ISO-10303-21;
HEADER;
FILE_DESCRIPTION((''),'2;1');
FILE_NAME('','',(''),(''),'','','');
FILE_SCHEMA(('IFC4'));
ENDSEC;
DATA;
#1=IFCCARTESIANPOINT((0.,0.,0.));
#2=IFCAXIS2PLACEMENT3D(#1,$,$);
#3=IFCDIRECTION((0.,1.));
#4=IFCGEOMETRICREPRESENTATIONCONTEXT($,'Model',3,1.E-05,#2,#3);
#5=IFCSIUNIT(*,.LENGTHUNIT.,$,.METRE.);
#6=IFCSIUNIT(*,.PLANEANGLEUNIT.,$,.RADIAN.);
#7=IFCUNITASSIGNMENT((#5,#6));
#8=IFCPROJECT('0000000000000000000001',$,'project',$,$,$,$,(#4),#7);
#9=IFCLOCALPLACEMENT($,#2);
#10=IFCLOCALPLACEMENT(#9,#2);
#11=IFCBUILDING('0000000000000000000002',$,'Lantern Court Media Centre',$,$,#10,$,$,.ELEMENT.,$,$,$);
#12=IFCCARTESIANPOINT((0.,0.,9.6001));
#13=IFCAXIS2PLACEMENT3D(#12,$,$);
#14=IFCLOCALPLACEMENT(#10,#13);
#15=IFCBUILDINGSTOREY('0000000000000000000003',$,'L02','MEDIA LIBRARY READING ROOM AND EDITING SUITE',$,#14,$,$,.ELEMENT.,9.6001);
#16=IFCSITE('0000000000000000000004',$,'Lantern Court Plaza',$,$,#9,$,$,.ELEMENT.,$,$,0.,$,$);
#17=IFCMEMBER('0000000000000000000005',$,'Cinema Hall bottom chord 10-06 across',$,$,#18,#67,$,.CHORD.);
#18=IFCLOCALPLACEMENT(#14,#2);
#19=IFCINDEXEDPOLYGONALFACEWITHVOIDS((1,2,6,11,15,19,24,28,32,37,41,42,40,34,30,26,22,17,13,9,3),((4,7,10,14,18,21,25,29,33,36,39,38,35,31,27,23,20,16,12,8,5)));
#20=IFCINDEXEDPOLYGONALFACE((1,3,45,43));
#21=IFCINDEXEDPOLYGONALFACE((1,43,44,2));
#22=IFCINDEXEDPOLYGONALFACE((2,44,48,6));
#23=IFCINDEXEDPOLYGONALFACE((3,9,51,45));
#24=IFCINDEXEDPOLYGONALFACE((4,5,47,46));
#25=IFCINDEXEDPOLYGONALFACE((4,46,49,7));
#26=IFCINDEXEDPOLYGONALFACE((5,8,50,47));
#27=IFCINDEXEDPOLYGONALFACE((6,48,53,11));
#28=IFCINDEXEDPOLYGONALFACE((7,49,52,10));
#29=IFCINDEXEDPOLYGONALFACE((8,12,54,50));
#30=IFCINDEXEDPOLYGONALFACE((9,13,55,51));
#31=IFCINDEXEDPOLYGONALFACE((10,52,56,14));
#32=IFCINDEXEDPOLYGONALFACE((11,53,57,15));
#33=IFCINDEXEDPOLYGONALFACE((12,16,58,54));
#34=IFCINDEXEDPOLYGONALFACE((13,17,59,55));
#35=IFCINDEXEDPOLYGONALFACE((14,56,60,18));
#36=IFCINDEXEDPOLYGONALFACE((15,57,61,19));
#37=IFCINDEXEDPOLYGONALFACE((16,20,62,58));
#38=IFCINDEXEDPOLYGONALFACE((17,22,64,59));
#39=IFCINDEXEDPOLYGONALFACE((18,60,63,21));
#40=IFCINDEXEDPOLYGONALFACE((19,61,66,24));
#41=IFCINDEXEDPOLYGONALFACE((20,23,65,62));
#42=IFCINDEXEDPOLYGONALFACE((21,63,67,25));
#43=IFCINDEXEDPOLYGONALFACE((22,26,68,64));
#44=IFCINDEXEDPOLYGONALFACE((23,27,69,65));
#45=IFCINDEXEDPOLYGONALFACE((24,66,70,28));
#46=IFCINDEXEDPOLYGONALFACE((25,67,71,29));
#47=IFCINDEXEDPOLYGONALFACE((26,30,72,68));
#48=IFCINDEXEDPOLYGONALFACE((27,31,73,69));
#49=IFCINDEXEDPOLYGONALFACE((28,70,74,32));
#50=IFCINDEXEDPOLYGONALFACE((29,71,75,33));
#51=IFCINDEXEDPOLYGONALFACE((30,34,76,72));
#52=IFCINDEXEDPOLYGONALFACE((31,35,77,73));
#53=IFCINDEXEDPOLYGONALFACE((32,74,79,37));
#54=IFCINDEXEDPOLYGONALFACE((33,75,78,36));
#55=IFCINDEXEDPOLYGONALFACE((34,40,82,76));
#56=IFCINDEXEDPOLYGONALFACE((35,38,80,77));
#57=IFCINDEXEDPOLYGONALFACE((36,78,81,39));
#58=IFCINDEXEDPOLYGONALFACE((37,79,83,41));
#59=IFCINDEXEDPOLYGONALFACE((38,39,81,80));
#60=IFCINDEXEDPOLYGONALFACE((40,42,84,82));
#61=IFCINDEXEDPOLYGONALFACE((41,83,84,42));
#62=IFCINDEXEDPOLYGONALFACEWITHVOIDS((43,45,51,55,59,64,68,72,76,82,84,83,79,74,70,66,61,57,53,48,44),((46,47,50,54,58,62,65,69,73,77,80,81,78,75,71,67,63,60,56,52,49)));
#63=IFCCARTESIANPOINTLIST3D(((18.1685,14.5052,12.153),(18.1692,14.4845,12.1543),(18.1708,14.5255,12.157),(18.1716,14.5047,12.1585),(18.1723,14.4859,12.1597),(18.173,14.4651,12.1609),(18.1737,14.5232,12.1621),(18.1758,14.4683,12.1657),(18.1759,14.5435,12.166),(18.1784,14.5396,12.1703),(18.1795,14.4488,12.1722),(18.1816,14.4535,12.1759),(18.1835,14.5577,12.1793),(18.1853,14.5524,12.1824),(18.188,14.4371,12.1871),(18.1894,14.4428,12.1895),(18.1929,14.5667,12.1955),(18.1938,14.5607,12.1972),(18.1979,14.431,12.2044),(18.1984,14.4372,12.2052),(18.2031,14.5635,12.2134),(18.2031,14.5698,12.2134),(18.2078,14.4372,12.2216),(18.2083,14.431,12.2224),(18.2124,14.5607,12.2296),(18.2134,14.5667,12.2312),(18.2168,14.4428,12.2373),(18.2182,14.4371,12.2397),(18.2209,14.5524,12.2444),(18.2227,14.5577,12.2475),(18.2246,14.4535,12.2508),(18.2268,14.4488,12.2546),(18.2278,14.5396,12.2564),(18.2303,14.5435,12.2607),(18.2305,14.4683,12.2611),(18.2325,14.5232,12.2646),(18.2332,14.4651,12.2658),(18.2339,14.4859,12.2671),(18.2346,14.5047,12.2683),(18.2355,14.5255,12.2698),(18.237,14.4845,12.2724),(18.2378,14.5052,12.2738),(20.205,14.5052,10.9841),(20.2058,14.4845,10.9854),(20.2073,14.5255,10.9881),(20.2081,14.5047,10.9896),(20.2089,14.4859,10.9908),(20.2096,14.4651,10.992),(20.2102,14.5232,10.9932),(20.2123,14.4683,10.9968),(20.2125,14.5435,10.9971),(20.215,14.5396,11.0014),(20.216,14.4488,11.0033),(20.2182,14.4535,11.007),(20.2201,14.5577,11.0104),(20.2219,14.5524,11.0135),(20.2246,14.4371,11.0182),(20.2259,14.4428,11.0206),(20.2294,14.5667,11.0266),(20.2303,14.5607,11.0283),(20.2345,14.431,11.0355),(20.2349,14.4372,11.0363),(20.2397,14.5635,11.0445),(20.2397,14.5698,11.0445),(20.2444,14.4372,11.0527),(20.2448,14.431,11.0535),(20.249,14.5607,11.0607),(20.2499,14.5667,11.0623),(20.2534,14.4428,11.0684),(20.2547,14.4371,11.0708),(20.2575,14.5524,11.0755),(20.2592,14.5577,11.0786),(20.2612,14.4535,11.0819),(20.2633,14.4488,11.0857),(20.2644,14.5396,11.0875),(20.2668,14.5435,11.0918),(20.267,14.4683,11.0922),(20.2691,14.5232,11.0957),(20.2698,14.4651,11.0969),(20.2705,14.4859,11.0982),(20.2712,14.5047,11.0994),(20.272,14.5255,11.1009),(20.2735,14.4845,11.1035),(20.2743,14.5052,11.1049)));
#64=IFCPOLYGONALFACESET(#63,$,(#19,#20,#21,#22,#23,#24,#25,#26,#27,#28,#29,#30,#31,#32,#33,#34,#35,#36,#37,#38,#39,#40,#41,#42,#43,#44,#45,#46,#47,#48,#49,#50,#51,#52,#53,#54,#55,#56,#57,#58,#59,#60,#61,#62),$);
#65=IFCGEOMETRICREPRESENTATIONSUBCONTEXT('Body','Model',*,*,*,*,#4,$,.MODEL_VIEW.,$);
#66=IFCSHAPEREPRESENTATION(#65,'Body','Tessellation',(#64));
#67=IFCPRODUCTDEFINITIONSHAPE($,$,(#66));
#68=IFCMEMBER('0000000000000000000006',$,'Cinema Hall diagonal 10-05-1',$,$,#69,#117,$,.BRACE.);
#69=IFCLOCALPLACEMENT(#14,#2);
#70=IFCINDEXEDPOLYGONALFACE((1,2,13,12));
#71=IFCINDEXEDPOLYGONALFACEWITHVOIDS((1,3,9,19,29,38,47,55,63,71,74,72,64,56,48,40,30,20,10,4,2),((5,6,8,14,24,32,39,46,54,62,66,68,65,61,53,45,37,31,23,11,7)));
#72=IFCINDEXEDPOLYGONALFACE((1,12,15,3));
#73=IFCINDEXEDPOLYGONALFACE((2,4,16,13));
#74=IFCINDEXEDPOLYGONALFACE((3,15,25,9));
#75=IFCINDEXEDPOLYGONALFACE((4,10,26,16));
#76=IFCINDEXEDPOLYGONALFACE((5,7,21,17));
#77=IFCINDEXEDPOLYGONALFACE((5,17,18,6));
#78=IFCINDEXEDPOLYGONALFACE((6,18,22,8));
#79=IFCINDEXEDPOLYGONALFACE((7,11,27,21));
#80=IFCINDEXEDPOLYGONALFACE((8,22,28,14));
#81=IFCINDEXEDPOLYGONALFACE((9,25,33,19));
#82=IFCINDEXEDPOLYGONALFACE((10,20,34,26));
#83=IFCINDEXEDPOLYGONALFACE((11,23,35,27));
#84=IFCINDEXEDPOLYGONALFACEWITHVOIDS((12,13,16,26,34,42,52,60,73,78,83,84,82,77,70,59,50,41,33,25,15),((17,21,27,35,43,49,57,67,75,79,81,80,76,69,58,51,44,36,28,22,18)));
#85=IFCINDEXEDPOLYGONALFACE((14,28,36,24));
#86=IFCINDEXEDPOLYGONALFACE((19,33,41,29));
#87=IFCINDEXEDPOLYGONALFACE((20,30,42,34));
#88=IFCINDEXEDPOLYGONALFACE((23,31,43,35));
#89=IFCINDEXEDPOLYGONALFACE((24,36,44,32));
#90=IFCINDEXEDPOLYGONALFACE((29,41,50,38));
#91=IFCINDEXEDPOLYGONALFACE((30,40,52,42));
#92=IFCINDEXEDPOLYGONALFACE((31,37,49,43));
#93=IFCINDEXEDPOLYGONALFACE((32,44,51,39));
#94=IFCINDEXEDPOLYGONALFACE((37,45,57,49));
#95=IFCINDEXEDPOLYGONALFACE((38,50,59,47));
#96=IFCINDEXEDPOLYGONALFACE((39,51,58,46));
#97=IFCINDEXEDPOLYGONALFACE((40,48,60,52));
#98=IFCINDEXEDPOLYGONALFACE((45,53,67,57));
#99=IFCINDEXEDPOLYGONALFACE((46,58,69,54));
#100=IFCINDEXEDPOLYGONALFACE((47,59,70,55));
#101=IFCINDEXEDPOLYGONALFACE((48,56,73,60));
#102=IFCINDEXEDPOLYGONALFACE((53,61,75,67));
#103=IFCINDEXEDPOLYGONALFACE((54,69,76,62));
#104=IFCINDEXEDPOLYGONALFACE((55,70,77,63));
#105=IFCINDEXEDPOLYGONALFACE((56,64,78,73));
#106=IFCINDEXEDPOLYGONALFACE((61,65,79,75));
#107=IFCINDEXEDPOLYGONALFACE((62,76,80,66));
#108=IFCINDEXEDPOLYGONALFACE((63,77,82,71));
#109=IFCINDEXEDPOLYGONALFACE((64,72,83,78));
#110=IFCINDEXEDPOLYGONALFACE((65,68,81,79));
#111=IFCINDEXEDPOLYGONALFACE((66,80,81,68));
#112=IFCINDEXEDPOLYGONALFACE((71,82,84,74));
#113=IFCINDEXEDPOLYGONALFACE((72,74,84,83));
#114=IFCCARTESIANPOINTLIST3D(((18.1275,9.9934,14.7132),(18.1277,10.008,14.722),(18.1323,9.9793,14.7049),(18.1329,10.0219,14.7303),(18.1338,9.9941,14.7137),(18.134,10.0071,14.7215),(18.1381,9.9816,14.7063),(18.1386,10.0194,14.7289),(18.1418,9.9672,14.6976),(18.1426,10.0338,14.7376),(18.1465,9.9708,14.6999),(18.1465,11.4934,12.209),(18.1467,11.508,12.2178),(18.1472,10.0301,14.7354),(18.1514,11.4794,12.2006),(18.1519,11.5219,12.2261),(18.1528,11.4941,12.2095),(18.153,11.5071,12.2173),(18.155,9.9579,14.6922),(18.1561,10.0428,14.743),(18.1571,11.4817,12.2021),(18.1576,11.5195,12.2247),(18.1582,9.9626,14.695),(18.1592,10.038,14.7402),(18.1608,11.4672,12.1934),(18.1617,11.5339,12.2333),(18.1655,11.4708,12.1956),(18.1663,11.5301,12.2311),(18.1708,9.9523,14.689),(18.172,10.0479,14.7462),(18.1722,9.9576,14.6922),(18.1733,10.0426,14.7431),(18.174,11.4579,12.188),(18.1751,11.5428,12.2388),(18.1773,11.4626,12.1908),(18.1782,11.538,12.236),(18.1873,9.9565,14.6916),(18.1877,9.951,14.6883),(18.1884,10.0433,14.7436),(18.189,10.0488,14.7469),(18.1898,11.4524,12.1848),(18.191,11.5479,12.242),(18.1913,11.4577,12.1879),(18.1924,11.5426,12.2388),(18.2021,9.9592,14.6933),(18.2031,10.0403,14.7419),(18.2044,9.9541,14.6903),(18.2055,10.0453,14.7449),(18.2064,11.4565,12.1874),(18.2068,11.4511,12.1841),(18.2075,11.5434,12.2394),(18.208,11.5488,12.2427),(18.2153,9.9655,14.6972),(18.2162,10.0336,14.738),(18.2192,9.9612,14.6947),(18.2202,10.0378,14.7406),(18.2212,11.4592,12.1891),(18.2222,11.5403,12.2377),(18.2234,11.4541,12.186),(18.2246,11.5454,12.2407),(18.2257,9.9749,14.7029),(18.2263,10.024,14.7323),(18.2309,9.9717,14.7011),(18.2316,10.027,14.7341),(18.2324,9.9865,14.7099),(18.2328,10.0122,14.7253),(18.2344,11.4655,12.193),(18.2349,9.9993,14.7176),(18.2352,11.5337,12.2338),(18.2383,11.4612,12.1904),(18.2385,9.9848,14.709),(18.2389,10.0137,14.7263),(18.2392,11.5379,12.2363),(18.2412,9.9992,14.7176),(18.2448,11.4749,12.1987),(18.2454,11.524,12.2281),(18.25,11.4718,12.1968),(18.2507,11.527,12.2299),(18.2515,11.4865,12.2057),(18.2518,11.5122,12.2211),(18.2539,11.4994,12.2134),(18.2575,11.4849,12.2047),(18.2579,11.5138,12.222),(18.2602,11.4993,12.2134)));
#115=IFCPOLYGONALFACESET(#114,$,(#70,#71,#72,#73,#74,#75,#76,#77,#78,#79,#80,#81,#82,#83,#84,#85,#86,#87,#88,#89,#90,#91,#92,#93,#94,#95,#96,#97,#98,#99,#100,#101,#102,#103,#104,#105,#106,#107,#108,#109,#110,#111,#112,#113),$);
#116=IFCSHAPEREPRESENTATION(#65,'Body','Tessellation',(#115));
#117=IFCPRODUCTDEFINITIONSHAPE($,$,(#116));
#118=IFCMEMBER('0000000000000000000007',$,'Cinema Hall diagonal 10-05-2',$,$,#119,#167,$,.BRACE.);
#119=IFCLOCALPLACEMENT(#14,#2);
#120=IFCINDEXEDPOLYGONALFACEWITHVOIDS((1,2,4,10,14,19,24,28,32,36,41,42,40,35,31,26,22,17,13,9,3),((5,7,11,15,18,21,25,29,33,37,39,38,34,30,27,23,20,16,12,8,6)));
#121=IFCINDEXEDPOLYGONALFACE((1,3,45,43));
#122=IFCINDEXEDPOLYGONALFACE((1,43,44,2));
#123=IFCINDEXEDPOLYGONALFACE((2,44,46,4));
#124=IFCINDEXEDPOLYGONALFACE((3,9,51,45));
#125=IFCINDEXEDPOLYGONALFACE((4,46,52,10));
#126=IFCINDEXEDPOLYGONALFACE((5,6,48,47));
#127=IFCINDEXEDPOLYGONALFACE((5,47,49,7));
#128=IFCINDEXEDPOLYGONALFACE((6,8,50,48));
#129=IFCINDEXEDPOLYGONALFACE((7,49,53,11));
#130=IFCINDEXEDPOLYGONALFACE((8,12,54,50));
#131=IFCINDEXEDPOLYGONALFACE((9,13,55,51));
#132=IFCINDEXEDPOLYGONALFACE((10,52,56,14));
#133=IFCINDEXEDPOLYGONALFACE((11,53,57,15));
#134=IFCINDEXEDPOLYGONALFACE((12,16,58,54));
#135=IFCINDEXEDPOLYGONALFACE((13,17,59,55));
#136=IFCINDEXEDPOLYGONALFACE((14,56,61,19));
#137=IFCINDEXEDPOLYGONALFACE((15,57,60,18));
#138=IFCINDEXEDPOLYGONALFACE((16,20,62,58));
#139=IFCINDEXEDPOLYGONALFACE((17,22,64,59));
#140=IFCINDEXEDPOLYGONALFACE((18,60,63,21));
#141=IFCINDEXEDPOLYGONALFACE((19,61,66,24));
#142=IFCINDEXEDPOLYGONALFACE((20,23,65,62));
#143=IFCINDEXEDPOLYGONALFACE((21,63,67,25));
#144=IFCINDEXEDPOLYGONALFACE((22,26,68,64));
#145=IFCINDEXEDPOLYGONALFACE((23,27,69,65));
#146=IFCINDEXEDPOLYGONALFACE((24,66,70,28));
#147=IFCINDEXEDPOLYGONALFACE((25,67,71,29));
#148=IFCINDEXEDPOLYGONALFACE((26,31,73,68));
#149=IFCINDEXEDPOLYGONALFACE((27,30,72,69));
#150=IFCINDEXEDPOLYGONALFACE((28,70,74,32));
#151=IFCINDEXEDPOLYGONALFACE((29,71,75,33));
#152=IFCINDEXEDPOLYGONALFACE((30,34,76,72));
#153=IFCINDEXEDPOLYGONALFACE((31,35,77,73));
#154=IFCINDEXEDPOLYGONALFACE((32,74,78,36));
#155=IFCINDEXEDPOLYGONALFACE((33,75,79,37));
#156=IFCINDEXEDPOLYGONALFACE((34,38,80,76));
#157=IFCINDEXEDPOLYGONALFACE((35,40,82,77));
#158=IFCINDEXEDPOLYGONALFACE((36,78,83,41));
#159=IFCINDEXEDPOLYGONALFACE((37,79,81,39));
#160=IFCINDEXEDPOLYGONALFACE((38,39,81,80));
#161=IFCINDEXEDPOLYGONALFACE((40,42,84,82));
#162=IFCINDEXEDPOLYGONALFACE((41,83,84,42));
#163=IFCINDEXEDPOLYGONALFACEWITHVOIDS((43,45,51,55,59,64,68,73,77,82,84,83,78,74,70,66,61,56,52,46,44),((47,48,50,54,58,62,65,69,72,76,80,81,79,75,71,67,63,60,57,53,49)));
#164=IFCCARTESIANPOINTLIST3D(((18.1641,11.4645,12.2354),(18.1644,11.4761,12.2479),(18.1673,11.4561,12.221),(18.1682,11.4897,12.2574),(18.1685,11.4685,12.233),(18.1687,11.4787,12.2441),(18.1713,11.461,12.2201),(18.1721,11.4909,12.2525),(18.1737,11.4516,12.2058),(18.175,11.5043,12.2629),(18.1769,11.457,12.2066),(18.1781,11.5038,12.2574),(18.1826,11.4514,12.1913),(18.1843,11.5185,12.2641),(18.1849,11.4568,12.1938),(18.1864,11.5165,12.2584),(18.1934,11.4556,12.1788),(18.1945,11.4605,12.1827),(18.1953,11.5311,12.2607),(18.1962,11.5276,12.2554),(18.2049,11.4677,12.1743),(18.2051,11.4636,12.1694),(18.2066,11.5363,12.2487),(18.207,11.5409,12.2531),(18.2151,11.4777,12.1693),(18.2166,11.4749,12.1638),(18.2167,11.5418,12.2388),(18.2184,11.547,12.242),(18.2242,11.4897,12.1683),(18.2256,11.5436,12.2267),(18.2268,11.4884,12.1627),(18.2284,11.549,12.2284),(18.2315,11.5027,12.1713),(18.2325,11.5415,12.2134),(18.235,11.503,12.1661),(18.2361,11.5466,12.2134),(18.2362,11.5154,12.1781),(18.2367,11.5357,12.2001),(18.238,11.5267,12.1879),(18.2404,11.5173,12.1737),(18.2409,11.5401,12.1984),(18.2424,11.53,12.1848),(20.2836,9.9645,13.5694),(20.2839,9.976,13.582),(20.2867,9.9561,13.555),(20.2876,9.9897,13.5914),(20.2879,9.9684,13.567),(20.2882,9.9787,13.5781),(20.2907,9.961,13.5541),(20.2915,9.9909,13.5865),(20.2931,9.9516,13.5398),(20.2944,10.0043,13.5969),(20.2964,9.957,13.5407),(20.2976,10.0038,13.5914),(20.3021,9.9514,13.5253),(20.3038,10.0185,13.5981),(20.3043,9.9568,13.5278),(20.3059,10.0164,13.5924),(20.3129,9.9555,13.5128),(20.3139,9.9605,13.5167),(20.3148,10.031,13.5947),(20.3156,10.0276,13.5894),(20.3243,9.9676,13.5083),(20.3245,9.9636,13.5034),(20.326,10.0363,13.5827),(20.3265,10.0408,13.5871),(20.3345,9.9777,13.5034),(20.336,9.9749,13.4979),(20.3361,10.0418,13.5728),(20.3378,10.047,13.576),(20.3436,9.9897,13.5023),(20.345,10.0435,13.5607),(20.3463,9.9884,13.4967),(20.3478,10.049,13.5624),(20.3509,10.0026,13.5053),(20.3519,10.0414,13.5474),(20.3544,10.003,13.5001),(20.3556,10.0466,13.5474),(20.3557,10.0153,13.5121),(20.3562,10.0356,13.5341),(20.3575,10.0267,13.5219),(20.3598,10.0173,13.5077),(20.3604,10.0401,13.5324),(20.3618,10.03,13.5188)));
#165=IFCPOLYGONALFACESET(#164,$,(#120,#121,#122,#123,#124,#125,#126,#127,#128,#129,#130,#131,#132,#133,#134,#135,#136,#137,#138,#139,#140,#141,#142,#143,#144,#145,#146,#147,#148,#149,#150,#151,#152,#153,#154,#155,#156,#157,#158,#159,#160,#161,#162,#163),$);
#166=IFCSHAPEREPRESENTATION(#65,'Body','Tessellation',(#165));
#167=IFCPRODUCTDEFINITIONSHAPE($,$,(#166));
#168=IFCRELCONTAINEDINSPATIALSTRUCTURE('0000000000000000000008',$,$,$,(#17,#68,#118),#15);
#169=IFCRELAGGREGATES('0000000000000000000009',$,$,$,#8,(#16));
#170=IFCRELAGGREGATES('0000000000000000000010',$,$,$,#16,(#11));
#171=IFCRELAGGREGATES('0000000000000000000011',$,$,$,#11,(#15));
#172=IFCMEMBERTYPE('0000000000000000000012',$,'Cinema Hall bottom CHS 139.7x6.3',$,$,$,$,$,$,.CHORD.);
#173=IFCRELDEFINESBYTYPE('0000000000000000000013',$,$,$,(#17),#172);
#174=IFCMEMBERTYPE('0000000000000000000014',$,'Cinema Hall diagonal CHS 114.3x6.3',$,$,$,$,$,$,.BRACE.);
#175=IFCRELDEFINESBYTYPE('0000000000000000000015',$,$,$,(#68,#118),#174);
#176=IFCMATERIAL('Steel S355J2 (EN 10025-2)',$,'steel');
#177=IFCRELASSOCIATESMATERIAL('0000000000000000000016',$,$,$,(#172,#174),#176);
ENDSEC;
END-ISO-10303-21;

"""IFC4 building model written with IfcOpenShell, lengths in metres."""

from ifc_helpers import new_model, si_unit, direction, frame, origin, origin_2d, place, context, subcontext, project, spatial, hollow_circle, extrude, material, material_profile, profile_set, type_object, element, save


model = new_model("IFC4")

# Units and contexts
model_context = context("Model", 3, precision=1e-05, world=origin(), true_north=direction((0.0, 1.0)))
body_context = subcontext(model_context, "Body", "Model", "MODEL_VIEW")
ifc_project = project(units=[si_unit("LENGTHUNIT", "METRE"), si_unit("PLANEANGLEUNIT", "RADIAN")], contexts=[model_context])

# Site, building, storey
site_placement = place(None, origin())
site = spatial("IfcSite", under=ifc_project, at=site_placement, Name="Lantern Court Plaza", CompositionType="ELEMENT", RefElevation=0.0)
building_placement = place(site_placement, origin())
building = spatial("IfcBuilding", under=site, at=building_placement, Name="Lantern Court Media Centre", CompositionType="ELEMENT")
storey_placement = place(building_placement, frame((0.0, 0.0, 9.6001)))
storey = spatial("IfcBuildingStorey", under=building, at=storey_placement, Name="L02", Description="MEDIA LIBRARY READING ROOM AND EDITING SUITE", CompositionType="ELEMENT", Elevation=9.6001)

# Members
ifc_material = material(Name="Steel S355J2 (EN 10025-2)", Category="steel")
ifc_material_profile_1 = material_profile(ifc_material, hollow_circle(Radius=0.0698, WallThickness=0.0063, at=origin_2d()), Name="Cinema Hall bottom CHS 139.7x6.3")
ifc_profile_set_1 = profile_set([ifc_material_profile_1], Name="Steel S355J2 (EN 10025-2)")
member_type_1 = type_object("IfcMemberType", Name="Cinema Hall bottom CHS 139.7x6.3", PredefinedType="CHORD", material=ifc_profile_set_1)
for number, where, z_axis, x_axis, name in (
    (1, (18.2031, 14.5, 12.2134), (0.867295, 0.0, -0.497795), (0.0, 1.0, 0.0), "Cinema Hall bottom chord 10-06 across"),
):
    element("IfcMember", number, at=place(storey_placement, frame(where, z_axis=z_axis, x_axis=x_axis)), inside=storey, type_object=member_type_1, Name=name, PredefinedType="CHORD", context=body_context, shape_type="SweptSolid", body=[
        extrude(hollow_circle(Radius=0.0698, WallThickness=0.0063, at=origin_2d()), origin(), (0.0, 0.0, 1.0), 2.3481),
    ])
ifc_material_profile_2 = material_profile(ifc_material, hollow_circle(Radius=0.0571, WallThickness=0.0063, at=origin_2d()), Name="Cinema Hall diagonal CHS 114.3x6.3")
ifc_profile_set_2 = profile_set([ifc_material_profile_2], Name="Steel S355J2 (EN 10025-2)")
member_type_2 = type_object("IfcMemberType", Name="Cinema Hall diagonal CHS 114.3x6.3", PredefinedType="BRACE", material=ifc_profile_set_2)
for number, where, z_axis, x_axis, name in (
    (2, (18.2031, 11.5, 12.2134), (-0.006524, -0.513857, 0.857851), (0.999919, -0.012694, 0.0), "Cinema Hall diagonal 10-05-1"),
    (3, (18.2031, 11.5, 12.2134), (0.726034, -0.513852, 0.45698), (0.577702, 0.816248, 0.0), "Cinema Hall diagonal 10-05-2"),
):
    element("IfcMember", number, at=place(storey_placement, frame(where, z_axis=z_axis, x_axis=x_axis)), inside=storey, type_object=member_type_2, Name=name, PredefinedType="BRACE", context=body_context, shape_type="SweptSolid", body=[
        extrude(hollow_circle(Radius=0.0571, WallThickness=0.0063, at=origin_2d()), origin(), (0.0, 0.0, 1.0), 2.9192),
    ])

save(model, "model.ifc")
